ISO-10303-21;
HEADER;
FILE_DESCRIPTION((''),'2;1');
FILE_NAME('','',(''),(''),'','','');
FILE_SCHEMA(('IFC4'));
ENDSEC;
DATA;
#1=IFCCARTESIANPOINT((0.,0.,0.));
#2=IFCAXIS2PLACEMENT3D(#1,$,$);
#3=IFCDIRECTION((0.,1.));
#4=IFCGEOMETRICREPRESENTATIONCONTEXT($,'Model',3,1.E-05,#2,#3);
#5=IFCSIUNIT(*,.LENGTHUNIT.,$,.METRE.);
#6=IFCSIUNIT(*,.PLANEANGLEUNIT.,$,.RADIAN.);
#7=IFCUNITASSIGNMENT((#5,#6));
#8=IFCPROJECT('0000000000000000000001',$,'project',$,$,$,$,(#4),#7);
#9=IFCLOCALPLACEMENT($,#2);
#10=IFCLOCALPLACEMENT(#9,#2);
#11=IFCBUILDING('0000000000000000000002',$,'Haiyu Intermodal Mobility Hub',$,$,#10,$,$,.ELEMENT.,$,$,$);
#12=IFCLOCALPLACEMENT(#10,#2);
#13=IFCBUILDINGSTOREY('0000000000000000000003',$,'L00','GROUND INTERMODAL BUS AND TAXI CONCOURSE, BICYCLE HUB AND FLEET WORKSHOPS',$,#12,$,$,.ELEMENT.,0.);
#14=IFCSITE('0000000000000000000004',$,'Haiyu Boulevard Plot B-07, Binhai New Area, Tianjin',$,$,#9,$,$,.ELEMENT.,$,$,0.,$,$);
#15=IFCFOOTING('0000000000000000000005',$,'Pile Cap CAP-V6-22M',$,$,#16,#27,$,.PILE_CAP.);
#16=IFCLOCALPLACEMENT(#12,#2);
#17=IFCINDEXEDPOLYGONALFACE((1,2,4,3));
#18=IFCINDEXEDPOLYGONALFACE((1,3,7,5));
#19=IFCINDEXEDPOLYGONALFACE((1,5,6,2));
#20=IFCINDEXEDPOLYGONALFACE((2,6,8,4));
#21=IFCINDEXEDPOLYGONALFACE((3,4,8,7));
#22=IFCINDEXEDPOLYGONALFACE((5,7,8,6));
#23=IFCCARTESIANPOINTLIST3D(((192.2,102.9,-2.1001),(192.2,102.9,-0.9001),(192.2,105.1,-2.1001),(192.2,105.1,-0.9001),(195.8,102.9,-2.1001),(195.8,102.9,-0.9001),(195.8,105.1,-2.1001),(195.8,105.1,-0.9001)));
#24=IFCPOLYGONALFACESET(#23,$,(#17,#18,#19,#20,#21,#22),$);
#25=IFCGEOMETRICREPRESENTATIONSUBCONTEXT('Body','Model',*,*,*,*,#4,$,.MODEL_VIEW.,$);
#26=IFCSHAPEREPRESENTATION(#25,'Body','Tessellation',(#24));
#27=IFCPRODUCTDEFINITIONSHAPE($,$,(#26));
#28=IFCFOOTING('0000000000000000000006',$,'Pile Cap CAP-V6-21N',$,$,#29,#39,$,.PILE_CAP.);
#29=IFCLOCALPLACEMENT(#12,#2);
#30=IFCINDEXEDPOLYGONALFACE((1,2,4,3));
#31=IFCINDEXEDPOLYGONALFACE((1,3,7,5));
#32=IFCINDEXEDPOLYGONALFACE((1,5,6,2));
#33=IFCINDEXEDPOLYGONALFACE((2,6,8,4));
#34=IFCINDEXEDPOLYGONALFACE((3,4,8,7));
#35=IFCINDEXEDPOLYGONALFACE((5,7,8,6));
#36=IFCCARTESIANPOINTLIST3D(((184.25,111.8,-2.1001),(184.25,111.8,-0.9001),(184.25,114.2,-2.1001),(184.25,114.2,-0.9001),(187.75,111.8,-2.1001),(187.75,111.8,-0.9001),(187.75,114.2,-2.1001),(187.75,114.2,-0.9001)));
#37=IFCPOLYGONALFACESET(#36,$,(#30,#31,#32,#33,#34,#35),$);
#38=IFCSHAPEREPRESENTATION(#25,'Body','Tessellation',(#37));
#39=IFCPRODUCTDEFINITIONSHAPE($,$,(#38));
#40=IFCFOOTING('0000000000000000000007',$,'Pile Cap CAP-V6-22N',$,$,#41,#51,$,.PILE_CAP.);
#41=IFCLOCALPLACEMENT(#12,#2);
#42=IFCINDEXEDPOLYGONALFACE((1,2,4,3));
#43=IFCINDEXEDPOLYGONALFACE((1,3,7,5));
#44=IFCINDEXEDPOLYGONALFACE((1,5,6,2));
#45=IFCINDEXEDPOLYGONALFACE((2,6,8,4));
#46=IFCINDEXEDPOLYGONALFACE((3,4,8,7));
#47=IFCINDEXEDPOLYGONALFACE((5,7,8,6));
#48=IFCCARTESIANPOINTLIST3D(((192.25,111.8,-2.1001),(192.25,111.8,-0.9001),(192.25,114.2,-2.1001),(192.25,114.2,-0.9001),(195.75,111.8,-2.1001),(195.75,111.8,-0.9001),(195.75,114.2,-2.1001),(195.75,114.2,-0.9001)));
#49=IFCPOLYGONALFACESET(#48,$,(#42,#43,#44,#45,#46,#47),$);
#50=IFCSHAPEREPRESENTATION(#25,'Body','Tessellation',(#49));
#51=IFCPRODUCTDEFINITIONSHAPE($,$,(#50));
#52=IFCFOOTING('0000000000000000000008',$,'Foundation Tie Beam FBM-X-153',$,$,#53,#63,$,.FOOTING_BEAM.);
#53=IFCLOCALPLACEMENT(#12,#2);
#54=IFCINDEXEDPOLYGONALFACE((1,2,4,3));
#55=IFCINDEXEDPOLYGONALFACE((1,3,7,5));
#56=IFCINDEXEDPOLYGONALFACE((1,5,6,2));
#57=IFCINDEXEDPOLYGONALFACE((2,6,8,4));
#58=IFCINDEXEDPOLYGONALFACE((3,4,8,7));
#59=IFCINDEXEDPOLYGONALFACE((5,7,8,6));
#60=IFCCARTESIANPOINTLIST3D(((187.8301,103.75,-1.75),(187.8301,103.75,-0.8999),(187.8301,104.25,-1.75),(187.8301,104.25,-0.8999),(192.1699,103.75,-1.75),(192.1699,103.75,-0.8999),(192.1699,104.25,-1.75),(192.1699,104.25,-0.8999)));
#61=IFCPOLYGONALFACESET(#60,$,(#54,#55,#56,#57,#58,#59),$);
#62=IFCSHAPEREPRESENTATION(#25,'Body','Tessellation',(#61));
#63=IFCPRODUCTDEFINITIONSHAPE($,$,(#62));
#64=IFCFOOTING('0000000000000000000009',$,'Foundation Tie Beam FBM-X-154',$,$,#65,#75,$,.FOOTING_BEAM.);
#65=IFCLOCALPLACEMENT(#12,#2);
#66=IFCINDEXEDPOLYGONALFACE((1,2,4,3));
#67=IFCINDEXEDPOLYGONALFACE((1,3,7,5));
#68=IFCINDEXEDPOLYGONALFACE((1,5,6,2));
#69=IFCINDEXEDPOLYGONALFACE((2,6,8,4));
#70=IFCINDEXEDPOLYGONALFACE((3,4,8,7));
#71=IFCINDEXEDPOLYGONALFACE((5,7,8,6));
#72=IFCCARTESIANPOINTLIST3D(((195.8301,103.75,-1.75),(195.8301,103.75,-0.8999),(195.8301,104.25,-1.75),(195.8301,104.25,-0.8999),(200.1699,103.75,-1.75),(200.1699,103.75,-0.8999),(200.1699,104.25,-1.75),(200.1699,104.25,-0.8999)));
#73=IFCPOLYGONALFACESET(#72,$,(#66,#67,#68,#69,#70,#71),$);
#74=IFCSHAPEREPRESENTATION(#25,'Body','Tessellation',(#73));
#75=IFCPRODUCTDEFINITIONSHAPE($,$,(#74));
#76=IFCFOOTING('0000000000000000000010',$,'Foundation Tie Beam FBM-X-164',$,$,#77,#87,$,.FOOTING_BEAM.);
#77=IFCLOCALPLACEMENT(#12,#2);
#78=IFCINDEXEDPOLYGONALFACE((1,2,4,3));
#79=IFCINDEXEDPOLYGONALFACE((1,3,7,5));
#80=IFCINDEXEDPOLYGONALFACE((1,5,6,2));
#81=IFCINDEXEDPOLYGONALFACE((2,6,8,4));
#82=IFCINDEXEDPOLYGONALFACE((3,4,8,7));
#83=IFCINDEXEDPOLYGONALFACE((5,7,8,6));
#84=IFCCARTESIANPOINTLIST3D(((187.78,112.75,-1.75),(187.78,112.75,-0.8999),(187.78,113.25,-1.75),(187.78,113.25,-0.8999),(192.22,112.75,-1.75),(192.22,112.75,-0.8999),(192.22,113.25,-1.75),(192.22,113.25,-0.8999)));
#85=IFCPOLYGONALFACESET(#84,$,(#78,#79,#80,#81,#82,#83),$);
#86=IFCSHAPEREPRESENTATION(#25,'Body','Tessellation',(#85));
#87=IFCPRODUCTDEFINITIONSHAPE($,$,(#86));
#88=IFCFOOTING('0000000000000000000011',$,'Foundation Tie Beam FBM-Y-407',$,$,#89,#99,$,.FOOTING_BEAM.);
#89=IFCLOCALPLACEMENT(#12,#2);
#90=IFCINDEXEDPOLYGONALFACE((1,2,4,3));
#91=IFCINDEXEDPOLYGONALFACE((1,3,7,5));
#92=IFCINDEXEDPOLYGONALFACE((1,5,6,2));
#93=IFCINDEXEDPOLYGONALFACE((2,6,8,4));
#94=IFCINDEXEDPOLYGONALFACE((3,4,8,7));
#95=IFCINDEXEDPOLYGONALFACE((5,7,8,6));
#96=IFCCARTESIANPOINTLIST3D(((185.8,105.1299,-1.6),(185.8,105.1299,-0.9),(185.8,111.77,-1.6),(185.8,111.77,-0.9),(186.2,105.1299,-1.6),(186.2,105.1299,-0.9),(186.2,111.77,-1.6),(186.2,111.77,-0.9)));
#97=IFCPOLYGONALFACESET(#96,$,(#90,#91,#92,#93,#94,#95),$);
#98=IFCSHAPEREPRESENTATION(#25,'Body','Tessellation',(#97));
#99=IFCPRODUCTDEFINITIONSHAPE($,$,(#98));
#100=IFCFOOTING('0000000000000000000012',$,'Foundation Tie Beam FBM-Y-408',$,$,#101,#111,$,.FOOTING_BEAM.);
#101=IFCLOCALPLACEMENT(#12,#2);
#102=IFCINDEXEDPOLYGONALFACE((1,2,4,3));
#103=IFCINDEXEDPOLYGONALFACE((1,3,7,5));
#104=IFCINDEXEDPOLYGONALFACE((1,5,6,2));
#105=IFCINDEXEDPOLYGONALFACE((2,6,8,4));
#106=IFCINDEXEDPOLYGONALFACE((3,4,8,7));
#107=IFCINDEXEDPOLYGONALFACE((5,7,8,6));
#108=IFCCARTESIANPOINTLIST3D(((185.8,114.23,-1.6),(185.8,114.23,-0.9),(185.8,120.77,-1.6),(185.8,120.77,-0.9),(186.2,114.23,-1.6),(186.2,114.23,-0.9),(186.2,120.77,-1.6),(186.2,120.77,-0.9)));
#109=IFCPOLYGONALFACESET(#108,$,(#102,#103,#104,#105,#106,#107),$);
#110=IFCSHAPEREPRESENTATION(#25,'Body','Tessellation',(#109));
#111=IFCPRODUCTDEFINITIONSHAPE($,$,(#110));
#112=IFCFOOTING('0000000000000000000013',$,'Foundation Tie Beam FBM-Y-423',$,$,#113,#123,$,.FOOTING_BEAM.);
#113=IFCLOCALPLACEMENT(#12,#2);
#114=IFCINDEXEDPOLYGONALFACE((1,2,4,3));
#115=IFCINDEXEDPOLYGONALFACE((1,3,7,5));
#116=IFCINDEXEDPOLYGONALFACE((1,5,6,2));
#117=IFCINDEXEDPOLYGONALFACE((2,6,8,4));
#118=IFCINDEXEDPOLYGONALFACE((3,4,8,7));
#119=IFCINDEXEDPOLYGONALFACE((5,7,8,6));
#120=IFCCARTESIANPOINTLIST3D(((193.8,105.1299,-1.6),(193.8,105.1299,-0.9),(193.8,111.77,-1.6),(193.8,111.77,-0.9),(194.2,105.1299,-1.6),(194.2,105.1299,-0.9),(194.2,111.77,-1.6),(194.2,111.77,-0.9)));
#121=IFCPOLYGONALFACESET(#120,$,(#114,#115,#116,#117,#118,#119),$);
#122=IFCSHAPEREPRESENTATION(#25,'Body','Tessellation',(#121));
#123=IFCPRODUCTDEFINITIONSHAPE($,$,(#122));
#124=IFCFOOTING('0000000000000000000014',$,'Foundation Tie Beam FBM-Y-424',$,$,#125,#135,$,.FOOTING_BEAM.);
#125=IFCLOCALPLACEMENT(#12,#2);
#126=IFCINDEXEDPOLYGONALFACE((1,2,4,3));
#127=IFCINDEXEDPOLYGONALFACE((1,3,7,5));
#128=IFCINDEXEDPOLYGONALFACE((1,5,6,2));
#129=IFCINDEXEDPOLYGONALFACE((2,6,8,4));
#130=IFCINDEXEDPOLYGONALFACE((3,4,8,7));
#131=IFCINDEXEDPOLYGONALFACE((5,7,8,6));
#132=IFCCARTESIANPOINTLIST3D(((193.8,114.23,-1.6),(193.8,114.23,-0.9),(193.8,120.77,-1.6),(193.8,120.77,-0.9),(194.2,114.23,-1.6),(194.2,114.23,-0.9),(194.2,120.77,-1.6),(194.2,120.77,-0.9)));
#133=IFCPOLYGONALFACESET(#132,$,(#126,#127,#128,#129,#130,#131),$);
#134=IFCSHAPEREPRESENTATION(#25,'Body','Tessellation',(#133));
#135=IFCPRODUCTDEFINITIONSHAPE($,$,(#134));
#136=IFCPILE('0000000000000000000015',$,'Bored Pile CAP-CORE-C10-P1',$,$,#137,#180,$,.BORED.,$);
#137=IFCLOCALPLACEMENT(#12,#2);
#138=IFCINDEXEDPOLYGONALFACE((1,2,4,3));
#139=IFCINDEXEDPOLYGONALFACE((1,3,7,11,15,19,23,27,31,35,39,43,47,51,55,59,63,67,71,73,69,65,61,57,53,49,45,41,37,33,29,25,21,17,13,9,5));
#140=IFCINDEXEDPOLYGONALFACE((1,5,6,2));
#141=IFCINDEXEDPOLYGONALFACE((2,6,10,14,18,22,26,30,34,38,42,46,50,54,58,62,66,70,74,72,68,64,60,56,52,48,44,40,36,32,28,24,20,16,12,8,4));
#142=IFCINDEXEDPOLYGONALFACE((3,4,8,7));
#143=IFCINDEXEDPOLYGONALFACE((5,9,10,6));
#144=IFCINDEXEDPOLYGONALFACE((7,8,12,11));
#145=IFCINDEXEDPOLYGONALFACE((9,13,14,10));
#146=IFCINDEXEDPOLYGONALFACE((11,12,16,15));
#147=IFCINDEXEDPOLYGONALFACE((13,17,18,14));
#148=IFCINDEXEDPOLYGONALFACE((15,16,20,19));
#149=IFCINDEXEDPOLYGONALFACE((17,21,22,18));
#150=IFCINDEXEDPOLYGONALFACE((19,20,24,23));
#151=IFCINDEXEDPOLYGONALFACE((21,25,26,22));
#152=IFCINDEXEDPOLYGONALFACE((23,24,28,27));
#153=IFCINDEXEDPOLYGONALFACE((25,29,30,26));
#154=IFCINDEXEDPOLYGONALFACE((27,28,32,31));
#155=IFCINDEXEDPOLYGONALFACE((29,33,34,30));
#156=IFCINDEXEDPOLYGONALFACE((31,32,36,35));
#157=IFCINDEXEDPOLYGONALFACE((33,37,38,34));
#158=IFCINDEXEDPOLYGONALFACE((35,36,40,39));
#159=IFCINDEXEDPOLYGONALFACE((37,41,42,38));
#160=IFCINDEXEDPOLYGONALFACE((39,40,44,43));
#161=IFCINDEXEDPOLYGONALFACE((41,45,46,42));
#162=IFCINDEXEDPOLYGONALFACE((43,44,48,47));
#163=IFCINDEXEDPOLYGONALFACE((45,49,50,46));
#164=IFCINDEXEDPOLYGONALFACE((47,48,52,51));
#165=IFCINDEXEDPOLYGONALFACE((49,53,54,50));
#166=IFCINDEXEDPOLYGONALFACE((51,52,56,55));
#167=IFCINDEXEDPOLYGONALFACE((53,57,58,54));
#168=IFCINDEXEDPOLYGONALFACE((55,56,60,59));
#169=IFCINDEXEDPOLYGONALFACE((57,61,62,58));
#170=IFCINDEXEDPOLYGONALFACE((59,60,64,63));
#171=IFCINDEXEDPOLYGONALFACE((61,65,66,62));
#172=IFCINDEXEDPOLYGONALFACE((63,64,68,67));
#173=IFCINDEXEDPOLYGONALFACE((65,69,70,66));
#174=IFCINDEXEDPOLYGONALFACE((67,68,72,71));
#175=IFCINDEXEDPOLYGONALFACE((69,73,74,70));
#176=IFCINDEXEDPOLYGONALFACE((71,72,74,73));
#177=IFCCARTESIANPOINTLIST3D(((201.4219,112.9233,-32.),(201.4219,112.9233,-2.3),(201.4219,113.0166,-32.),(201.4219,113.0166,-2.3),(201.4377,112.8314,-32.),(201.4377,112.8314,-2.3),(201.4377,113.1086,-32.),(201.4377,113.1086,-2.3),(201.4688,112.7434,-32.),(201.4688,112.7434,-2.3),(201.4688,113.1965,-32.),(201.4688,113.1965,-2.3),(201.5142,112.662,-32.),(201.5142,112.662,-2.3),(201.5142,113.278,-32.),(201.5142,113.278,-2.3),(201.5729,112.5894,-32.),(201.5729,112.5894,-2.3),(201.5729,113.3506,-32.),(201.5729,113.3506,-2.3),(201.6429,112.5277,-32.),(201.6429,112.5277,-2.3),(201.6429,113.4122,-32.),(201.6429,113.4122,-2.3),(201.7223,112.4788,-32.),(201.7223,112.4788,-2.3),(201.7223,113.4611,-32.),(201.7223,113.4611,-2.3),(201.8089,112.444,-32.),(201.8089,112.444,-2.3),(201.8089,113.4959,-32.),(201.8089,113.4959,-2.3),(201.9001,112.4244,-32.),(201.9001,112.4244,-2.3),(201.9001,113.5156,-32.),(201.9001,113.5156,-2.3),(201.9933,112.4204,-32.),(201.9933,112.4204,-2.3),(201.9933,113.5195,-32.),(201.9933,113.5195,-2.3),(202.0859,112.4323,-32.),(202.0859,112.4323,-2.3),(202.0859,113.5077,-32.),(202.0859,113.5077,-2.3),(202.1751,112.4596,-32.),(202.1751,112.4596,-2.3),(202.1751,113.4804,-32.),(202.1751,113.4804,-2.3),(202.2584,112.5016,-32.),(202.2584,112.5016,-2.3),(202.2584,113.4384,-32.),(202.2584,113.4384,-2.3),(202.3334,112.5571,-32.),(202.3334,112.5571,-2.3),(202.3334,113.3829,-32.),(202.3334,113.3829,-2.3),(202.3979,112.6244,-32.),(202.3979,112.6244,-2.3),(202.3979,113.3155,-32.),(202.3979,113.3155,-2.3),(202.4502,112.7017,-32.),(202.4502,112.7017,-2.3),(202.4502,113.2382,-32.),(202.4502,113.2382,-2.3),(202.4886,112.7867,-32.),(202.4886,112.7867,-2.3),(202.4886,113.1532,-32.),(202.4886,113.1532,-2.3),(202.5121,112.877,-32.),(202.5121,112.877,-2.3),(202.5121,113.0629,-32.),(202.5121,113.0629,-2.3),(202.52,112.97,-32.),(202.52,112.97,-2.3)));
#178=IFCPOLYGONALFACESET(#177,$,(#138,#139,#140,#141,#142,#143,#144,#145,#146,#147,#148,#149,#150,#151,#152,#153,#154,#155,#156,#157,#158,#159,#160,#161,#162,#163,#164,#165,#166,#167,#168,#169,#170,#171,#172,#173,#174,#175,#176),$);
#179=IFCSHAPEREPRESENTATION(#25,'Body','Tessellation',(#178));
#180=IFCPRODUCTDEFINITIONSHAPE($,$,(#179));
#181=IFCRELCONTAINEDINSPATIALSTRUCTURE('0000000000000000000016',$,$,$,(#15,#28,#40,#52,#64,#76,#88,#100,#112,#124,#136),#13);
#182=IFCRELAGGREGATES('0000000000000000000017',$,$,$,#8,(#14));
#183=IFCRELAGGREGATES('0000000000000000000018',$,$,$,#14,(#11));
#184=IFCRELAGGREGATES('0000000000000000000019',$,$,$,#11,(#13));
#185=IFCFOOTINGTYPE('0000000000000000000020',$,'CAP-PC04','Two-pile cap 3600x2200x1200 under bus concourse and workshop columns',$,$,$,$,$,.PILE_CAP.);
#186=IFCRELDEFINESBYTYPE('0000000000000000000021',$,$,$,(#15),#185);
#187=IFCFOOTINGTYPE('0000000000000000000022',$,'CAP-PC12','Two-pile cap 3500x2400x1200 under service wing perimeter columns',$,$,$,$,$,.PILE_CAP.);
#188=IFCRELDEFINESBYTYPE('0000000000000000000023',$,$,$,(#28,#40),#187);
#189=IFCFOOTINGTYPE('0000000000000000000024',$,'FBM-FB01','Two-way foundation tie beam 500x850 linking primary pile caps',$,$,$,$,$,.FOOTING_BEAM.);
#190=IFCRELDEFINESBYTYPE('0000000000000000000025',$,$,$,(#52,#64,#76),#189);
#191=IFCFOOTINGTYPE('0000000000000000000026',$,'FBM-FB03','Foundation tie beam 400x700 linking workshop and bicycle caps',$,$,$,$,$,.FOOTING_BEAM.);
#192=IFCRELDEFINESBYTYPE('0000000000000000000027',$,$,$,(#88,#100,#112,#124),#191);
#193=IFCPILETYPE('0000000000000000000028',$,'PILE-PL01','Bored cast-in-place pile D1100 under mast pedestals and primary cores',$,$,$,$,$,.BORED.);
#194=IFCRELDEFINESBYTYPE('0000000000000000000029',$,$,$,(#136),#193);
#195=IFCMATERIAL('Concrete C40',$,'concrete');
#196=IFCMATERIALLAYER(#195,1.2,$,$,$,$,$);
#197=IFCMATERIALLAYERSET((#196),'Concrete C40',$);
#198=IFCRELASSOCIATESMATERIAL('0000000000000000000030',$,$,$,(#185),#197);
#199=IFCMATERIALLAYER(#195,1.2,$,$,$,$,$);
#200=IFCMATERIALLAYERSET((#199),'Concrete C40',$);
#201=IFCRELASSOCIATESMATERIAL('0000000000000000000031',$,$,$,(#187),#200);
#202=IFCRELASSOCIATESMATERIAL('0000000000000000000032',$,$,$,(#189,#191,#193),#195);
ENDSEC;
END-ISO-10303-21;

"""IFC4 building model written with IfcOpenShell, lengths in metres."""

from ifc_helpers import new_model, si_unit, direction, frame, origin, origin_2d, place, context, subcontext, project, spatial, rectangle, circle, extrude, material, layer, layer_set, material_profile, profile_set, type_object, element, save


model = new_model("IFC4")

# Units and contexts
model_context = context("Model", 3, precision=1e-05, world=origin(), true_north=direction((0.0, 1.0)))
body_context = subcontext(model_context, "Body", "Model", "MODEL_VIEW")
ifc_project = project(units=[si_unit("LENGTHUNIT", "METRE"), si_unit("PLANEANGLEUNIT", "RADIAN")], contexts=[model_context])

# Site, building, storey
site_placement = place(None, origin())
site = spatial("IfcSite", under=ifc_project, at=site_placement, Name="Haiyu Boulevard Plot B-07, Binhai New Area, Tianjin", CompositionType="ELEMENT", RefElevation=0.0)
building_placement = place(site_placement, origin())
building = spatial("IfcBuilding", under=site, at=building_placement, Name="Haiyu Intermodal Mobility Hub", CompositionType="ELEMENT")
storey_placement = place(building_placement, origin())
storey = spatial("IfcBuildingStorey", under=building, at=storey_placement, Name="L00", Description="GROUND INTERMODAL BUS AND TAXI CONCOURSE, BICYCLE HUB AND FLEET WORKSHOPS", CompositionType="ELEMENT", Elevation=0.0)

# Footings
ifc_material_1 = material(Name="Concrete C40", Category="concrete")
ifc_layer_1 = layer(ifc_material_1, 1.2)
ifc_layer_set_1 = layer_set([ifc_layer_1], Name="Concrete C40")
footing_type_1 = type_object("IfcFootingType", Name="CAP-PC04", Description="Two-pile cap 3600x2200x1200 under bus concourse and workshop columns", PredefinedType="PILE_CAP", material=ifc_layer_set_1)
footing_1_placement = place(storey_placement, frame((194.0, 104.0, -2.1001), z_axis=(0.0, 0.0, 1.0), x_axis=(1.0, 0.0, 0.0)))
element("IfcFooting", 1, at=footing_1_placement, inside=storey, type_object=footing_type_1, Name="Pile Cap CAP-V6-22M", PredefinedType="PILE_CAP", context=body_context, shape_type="SweptSolid", body=[
    extrude(rectangle(XDim=3.6001, YDim=2.2, at=origin_2d()), origin(), (0.0, 0.0, 1.0), 1.2),
])
ifc_layer_2 = layer(ifc_material_1, 1.2)
ifc_layer_set_2 = layer_set([ifc_layer_2], Name="Concrete C40")
footing_type_2 = type_object("IfcFootingType", Name="CAP-PC12", Description="Two-pile cap 3500x2400x1200 under service wing perimeter columns", PredefinedType="PILE_CAP", material=ifc_layer_set_2)
for number, where, z_axis, x_axis, name in (
    (2, (186.0, 113.0, -2.1001), (0.0, 0.0, 1.0), (1.0, 0.0, 0.0), "Pile Cap CAP-V6-21N"),
    (3, (194.0, 113.0, -2.1001), (0.0, 0.0, 1.0), (1.0, 0.0, 0.0), "Pile Cap CAP-V6-22N"),
):
    element("IfcFooting", number, at=place(storey_placement, frame(where, z_axis=z_axis, x_axis=x_axis)), inside=storey, type_object=footing_type_2, Name=name, PredefinedType="PILE_CAP", context=body_context, shape_type="SweptSolid", body=[
        extrude(rectangle(XDim=3.5, YDim=2.3999, at=origin_2d()), origin(), (0.0, 0.0, 1.0), 1.2),
    ])
ifc_material_profile_1 = material_profile(ifc_material_1, rectangle(XDim=0.5, YDim=0.8501, at=origin_2d()), Name="FB500x850")
ifc_profile_set_1 = profile_set([ifc_material_profile_1], Name="Concrete C40")
footing_type_3 = type_object("IfcFootingType", Name="FBM-FB01", Description="Two-way foundation tie beam 500x850 linking primary pile caps", PredefinedType="FOOTING_BEAM", material=ifc_profile_set_1)
for number, where, z_axis, x_axis, name in (
    (4, (187.8301, 104.0, -1.325), (1.0, 0.0, 0.0), (0.0, 1.0, 0.0), "Foundation Tie Beam FBM-X-153"),
    (5, (195.8301, 104.0, -1.325), (1.0, 0.0, 0.0), (0.0, 1.0, 0.0), "Foundation Tie Beam FBM-X-154"),
):
    element("IfcFooting", number, at=place(storey_placement, frame(where, z_axis=z_axis, x_axis=x_axis)), inside=storey, type_object=footing_type_3, Name=name, PredefinedType="FOOTING_BEAM", context=body_context, shape_type="SweptSolid", body=[
        extrude(rectangle(XDim=0.5, YDim=0.8501, at=origin_2d()), origin(), (0.0, 0.0, 1.0), 4.3398),
    ])
footing_2_placement = place(storey_placement, frame((187.78, 113.0, -1.325), z_axis=(1.0, 0.0, 0.0), x_axis=(0.0, 1.0, 0.0)))
element("IfcFooting", 6, at=footing_2_placement, inside=storey, type_object=footing_type_3, Name="Foundation Tie Beam FBM-X-164", PredefinedType="FOOTING_BEAM", context=body_context, shape_type="SweptSolid", body=[
    extrude(rectangle(XDim=0.5, YDim=0.8501, at=origin_2d()), origin(), (0.0, 0.0, 1.0), 4.4399),
])
ifc_material_profile_2 = material_profile(ifc_material_1, rectangle(XDim=0.3999, YDim=0.7, at=origin_2d()), Name="FB400x700")
ifc_profile_set_2 = profile_set([ifc_material_profile_2], Name="Concrete C40")
footing_type_4 = type_object("IfcFootingType", Name="FBM-FB03", Description="Foundation tie beam 400x700 linking workshop and bicycle caps", PredefinedType="FOOTING_BEAM", material=ifc_profile_set_2)
footing_3_placement = place(storey_placement, frame((186.0, 105.1299, -1.25), z_axis=(0.0, 1.0, 0.0), x_axis=(-1.0, 0.0, 0.0)))
element("IfcFooting", 7, at=footing_3_placement, inside=storey, type_object=footing_type_4, Name="Foundation Tie Beam FBM-Y-407", PredefinedType="FOOTING_BEAM", context=body_context, shape_type="SweptSolid", body=[
    extrude(rectangle(XDim=0.3999, YDim=0.7, at=origin_2d()), origin(), (0.0, 0.0, 1.0), 6.6401),
])
footing_4_placement = place(storey_placement, frame((186.0, 114.23, -1.25), z_axis=(0.0, 1.0, 0.0), x_axis=(-1.0, 0.0, 0.0)))
element("IfcFooting", 8, at=footing_4_placement, inside=storey, type_object=footing_type_4, Name="Foundation Tie Beam FBM-Y-408", PredefinedType="FOOTING_BEAM", context=body_context, shape_type="SweptSolid", body=[
    extrude(rectangle(XDim=0.3999, YDim=0.7, at=origin_2d()), origin(), (0.0, 0.0, 1.0), 6.54),
])
footing_5_placement = place(storey_placement, frame((194.0, 105.1299, -1.25), z_axis=(0.0, 1.0, 0.0), x_axis=(-1.0, 0.0, 0.0)))
element("IfcFooting", 9, at=footing_5_placement, inside=storey, type_object=footing_type_4, Name="Foundation Tie Beam FBM-Y-423", PredefinedType="FOOTING_BEAM", context=body_context, shape_type="SweptSolid", body=[
    extrude(rectangle(XDim=0.3999, YDim=0.7, at=origin_2d()), origin(), (0.0, 0.0, 1.0), 6.6401),
])
footing_6_placement = place(storey_placement, frame((194.0, 114.23, -1.25), z_axis=(0.0, 1.0, 0.0), x_axis=(-1.0, 0.0, 0.0)))
element("IfcFooting", 10, at=footing_6_placement, inside=storey, type_object=footing_type_4, Name="Foundation Tie Beam FBM-Y-424", PredefinedType="FOOTING_BEAM", context=body_context, shape_type="SweptSolid", body=[
    extrude(rectangle(XDim=0.3999, YDim=0.7, at=origin_2d()), origin(), (0.0, 0.0, 1.0), 6.54),
])

# Pile
ifc_material_profile_3 = material_profile(ifc_material_1, circle(Radius=0.55, at=origin_2d()), Name="PILE-D1100")
ifc_profile_set_3 = profile_set([ifc_material_profile_3], Name="Concrete C40")
pile_type_1 = type_object("IfcPileType", Name="PILE-PL01", Description="Bored cast-in-place pile D1100 under mast pedestals and primary cores", PredefinedType="BORED", material=ifc_profile_set_3)
for number, where, z_axis, x_axis, name in (
    (11, (201.97, 112.97, -2.3), (0.0, 0.0, -1.0), (1.0, 0.0, 0.0), "Bored Pile CAP-CORE-C10-P1"),
):
    element("IfcPile", number, at=place(storey_placement, frame(where, z_axis=z_axis, x_axis=x_axis)), inside=storey, type_object=pile_type_1, Name=name, PredefinedType="BORED", context=body_context, shape_type="SweptSolid", body=[
        extrude(circle(Radius=0.55, at=origin_2d()), origin(), (0.0, 0.0, 1.0), 29.7),
    ])

save(model, "model.ifc")
